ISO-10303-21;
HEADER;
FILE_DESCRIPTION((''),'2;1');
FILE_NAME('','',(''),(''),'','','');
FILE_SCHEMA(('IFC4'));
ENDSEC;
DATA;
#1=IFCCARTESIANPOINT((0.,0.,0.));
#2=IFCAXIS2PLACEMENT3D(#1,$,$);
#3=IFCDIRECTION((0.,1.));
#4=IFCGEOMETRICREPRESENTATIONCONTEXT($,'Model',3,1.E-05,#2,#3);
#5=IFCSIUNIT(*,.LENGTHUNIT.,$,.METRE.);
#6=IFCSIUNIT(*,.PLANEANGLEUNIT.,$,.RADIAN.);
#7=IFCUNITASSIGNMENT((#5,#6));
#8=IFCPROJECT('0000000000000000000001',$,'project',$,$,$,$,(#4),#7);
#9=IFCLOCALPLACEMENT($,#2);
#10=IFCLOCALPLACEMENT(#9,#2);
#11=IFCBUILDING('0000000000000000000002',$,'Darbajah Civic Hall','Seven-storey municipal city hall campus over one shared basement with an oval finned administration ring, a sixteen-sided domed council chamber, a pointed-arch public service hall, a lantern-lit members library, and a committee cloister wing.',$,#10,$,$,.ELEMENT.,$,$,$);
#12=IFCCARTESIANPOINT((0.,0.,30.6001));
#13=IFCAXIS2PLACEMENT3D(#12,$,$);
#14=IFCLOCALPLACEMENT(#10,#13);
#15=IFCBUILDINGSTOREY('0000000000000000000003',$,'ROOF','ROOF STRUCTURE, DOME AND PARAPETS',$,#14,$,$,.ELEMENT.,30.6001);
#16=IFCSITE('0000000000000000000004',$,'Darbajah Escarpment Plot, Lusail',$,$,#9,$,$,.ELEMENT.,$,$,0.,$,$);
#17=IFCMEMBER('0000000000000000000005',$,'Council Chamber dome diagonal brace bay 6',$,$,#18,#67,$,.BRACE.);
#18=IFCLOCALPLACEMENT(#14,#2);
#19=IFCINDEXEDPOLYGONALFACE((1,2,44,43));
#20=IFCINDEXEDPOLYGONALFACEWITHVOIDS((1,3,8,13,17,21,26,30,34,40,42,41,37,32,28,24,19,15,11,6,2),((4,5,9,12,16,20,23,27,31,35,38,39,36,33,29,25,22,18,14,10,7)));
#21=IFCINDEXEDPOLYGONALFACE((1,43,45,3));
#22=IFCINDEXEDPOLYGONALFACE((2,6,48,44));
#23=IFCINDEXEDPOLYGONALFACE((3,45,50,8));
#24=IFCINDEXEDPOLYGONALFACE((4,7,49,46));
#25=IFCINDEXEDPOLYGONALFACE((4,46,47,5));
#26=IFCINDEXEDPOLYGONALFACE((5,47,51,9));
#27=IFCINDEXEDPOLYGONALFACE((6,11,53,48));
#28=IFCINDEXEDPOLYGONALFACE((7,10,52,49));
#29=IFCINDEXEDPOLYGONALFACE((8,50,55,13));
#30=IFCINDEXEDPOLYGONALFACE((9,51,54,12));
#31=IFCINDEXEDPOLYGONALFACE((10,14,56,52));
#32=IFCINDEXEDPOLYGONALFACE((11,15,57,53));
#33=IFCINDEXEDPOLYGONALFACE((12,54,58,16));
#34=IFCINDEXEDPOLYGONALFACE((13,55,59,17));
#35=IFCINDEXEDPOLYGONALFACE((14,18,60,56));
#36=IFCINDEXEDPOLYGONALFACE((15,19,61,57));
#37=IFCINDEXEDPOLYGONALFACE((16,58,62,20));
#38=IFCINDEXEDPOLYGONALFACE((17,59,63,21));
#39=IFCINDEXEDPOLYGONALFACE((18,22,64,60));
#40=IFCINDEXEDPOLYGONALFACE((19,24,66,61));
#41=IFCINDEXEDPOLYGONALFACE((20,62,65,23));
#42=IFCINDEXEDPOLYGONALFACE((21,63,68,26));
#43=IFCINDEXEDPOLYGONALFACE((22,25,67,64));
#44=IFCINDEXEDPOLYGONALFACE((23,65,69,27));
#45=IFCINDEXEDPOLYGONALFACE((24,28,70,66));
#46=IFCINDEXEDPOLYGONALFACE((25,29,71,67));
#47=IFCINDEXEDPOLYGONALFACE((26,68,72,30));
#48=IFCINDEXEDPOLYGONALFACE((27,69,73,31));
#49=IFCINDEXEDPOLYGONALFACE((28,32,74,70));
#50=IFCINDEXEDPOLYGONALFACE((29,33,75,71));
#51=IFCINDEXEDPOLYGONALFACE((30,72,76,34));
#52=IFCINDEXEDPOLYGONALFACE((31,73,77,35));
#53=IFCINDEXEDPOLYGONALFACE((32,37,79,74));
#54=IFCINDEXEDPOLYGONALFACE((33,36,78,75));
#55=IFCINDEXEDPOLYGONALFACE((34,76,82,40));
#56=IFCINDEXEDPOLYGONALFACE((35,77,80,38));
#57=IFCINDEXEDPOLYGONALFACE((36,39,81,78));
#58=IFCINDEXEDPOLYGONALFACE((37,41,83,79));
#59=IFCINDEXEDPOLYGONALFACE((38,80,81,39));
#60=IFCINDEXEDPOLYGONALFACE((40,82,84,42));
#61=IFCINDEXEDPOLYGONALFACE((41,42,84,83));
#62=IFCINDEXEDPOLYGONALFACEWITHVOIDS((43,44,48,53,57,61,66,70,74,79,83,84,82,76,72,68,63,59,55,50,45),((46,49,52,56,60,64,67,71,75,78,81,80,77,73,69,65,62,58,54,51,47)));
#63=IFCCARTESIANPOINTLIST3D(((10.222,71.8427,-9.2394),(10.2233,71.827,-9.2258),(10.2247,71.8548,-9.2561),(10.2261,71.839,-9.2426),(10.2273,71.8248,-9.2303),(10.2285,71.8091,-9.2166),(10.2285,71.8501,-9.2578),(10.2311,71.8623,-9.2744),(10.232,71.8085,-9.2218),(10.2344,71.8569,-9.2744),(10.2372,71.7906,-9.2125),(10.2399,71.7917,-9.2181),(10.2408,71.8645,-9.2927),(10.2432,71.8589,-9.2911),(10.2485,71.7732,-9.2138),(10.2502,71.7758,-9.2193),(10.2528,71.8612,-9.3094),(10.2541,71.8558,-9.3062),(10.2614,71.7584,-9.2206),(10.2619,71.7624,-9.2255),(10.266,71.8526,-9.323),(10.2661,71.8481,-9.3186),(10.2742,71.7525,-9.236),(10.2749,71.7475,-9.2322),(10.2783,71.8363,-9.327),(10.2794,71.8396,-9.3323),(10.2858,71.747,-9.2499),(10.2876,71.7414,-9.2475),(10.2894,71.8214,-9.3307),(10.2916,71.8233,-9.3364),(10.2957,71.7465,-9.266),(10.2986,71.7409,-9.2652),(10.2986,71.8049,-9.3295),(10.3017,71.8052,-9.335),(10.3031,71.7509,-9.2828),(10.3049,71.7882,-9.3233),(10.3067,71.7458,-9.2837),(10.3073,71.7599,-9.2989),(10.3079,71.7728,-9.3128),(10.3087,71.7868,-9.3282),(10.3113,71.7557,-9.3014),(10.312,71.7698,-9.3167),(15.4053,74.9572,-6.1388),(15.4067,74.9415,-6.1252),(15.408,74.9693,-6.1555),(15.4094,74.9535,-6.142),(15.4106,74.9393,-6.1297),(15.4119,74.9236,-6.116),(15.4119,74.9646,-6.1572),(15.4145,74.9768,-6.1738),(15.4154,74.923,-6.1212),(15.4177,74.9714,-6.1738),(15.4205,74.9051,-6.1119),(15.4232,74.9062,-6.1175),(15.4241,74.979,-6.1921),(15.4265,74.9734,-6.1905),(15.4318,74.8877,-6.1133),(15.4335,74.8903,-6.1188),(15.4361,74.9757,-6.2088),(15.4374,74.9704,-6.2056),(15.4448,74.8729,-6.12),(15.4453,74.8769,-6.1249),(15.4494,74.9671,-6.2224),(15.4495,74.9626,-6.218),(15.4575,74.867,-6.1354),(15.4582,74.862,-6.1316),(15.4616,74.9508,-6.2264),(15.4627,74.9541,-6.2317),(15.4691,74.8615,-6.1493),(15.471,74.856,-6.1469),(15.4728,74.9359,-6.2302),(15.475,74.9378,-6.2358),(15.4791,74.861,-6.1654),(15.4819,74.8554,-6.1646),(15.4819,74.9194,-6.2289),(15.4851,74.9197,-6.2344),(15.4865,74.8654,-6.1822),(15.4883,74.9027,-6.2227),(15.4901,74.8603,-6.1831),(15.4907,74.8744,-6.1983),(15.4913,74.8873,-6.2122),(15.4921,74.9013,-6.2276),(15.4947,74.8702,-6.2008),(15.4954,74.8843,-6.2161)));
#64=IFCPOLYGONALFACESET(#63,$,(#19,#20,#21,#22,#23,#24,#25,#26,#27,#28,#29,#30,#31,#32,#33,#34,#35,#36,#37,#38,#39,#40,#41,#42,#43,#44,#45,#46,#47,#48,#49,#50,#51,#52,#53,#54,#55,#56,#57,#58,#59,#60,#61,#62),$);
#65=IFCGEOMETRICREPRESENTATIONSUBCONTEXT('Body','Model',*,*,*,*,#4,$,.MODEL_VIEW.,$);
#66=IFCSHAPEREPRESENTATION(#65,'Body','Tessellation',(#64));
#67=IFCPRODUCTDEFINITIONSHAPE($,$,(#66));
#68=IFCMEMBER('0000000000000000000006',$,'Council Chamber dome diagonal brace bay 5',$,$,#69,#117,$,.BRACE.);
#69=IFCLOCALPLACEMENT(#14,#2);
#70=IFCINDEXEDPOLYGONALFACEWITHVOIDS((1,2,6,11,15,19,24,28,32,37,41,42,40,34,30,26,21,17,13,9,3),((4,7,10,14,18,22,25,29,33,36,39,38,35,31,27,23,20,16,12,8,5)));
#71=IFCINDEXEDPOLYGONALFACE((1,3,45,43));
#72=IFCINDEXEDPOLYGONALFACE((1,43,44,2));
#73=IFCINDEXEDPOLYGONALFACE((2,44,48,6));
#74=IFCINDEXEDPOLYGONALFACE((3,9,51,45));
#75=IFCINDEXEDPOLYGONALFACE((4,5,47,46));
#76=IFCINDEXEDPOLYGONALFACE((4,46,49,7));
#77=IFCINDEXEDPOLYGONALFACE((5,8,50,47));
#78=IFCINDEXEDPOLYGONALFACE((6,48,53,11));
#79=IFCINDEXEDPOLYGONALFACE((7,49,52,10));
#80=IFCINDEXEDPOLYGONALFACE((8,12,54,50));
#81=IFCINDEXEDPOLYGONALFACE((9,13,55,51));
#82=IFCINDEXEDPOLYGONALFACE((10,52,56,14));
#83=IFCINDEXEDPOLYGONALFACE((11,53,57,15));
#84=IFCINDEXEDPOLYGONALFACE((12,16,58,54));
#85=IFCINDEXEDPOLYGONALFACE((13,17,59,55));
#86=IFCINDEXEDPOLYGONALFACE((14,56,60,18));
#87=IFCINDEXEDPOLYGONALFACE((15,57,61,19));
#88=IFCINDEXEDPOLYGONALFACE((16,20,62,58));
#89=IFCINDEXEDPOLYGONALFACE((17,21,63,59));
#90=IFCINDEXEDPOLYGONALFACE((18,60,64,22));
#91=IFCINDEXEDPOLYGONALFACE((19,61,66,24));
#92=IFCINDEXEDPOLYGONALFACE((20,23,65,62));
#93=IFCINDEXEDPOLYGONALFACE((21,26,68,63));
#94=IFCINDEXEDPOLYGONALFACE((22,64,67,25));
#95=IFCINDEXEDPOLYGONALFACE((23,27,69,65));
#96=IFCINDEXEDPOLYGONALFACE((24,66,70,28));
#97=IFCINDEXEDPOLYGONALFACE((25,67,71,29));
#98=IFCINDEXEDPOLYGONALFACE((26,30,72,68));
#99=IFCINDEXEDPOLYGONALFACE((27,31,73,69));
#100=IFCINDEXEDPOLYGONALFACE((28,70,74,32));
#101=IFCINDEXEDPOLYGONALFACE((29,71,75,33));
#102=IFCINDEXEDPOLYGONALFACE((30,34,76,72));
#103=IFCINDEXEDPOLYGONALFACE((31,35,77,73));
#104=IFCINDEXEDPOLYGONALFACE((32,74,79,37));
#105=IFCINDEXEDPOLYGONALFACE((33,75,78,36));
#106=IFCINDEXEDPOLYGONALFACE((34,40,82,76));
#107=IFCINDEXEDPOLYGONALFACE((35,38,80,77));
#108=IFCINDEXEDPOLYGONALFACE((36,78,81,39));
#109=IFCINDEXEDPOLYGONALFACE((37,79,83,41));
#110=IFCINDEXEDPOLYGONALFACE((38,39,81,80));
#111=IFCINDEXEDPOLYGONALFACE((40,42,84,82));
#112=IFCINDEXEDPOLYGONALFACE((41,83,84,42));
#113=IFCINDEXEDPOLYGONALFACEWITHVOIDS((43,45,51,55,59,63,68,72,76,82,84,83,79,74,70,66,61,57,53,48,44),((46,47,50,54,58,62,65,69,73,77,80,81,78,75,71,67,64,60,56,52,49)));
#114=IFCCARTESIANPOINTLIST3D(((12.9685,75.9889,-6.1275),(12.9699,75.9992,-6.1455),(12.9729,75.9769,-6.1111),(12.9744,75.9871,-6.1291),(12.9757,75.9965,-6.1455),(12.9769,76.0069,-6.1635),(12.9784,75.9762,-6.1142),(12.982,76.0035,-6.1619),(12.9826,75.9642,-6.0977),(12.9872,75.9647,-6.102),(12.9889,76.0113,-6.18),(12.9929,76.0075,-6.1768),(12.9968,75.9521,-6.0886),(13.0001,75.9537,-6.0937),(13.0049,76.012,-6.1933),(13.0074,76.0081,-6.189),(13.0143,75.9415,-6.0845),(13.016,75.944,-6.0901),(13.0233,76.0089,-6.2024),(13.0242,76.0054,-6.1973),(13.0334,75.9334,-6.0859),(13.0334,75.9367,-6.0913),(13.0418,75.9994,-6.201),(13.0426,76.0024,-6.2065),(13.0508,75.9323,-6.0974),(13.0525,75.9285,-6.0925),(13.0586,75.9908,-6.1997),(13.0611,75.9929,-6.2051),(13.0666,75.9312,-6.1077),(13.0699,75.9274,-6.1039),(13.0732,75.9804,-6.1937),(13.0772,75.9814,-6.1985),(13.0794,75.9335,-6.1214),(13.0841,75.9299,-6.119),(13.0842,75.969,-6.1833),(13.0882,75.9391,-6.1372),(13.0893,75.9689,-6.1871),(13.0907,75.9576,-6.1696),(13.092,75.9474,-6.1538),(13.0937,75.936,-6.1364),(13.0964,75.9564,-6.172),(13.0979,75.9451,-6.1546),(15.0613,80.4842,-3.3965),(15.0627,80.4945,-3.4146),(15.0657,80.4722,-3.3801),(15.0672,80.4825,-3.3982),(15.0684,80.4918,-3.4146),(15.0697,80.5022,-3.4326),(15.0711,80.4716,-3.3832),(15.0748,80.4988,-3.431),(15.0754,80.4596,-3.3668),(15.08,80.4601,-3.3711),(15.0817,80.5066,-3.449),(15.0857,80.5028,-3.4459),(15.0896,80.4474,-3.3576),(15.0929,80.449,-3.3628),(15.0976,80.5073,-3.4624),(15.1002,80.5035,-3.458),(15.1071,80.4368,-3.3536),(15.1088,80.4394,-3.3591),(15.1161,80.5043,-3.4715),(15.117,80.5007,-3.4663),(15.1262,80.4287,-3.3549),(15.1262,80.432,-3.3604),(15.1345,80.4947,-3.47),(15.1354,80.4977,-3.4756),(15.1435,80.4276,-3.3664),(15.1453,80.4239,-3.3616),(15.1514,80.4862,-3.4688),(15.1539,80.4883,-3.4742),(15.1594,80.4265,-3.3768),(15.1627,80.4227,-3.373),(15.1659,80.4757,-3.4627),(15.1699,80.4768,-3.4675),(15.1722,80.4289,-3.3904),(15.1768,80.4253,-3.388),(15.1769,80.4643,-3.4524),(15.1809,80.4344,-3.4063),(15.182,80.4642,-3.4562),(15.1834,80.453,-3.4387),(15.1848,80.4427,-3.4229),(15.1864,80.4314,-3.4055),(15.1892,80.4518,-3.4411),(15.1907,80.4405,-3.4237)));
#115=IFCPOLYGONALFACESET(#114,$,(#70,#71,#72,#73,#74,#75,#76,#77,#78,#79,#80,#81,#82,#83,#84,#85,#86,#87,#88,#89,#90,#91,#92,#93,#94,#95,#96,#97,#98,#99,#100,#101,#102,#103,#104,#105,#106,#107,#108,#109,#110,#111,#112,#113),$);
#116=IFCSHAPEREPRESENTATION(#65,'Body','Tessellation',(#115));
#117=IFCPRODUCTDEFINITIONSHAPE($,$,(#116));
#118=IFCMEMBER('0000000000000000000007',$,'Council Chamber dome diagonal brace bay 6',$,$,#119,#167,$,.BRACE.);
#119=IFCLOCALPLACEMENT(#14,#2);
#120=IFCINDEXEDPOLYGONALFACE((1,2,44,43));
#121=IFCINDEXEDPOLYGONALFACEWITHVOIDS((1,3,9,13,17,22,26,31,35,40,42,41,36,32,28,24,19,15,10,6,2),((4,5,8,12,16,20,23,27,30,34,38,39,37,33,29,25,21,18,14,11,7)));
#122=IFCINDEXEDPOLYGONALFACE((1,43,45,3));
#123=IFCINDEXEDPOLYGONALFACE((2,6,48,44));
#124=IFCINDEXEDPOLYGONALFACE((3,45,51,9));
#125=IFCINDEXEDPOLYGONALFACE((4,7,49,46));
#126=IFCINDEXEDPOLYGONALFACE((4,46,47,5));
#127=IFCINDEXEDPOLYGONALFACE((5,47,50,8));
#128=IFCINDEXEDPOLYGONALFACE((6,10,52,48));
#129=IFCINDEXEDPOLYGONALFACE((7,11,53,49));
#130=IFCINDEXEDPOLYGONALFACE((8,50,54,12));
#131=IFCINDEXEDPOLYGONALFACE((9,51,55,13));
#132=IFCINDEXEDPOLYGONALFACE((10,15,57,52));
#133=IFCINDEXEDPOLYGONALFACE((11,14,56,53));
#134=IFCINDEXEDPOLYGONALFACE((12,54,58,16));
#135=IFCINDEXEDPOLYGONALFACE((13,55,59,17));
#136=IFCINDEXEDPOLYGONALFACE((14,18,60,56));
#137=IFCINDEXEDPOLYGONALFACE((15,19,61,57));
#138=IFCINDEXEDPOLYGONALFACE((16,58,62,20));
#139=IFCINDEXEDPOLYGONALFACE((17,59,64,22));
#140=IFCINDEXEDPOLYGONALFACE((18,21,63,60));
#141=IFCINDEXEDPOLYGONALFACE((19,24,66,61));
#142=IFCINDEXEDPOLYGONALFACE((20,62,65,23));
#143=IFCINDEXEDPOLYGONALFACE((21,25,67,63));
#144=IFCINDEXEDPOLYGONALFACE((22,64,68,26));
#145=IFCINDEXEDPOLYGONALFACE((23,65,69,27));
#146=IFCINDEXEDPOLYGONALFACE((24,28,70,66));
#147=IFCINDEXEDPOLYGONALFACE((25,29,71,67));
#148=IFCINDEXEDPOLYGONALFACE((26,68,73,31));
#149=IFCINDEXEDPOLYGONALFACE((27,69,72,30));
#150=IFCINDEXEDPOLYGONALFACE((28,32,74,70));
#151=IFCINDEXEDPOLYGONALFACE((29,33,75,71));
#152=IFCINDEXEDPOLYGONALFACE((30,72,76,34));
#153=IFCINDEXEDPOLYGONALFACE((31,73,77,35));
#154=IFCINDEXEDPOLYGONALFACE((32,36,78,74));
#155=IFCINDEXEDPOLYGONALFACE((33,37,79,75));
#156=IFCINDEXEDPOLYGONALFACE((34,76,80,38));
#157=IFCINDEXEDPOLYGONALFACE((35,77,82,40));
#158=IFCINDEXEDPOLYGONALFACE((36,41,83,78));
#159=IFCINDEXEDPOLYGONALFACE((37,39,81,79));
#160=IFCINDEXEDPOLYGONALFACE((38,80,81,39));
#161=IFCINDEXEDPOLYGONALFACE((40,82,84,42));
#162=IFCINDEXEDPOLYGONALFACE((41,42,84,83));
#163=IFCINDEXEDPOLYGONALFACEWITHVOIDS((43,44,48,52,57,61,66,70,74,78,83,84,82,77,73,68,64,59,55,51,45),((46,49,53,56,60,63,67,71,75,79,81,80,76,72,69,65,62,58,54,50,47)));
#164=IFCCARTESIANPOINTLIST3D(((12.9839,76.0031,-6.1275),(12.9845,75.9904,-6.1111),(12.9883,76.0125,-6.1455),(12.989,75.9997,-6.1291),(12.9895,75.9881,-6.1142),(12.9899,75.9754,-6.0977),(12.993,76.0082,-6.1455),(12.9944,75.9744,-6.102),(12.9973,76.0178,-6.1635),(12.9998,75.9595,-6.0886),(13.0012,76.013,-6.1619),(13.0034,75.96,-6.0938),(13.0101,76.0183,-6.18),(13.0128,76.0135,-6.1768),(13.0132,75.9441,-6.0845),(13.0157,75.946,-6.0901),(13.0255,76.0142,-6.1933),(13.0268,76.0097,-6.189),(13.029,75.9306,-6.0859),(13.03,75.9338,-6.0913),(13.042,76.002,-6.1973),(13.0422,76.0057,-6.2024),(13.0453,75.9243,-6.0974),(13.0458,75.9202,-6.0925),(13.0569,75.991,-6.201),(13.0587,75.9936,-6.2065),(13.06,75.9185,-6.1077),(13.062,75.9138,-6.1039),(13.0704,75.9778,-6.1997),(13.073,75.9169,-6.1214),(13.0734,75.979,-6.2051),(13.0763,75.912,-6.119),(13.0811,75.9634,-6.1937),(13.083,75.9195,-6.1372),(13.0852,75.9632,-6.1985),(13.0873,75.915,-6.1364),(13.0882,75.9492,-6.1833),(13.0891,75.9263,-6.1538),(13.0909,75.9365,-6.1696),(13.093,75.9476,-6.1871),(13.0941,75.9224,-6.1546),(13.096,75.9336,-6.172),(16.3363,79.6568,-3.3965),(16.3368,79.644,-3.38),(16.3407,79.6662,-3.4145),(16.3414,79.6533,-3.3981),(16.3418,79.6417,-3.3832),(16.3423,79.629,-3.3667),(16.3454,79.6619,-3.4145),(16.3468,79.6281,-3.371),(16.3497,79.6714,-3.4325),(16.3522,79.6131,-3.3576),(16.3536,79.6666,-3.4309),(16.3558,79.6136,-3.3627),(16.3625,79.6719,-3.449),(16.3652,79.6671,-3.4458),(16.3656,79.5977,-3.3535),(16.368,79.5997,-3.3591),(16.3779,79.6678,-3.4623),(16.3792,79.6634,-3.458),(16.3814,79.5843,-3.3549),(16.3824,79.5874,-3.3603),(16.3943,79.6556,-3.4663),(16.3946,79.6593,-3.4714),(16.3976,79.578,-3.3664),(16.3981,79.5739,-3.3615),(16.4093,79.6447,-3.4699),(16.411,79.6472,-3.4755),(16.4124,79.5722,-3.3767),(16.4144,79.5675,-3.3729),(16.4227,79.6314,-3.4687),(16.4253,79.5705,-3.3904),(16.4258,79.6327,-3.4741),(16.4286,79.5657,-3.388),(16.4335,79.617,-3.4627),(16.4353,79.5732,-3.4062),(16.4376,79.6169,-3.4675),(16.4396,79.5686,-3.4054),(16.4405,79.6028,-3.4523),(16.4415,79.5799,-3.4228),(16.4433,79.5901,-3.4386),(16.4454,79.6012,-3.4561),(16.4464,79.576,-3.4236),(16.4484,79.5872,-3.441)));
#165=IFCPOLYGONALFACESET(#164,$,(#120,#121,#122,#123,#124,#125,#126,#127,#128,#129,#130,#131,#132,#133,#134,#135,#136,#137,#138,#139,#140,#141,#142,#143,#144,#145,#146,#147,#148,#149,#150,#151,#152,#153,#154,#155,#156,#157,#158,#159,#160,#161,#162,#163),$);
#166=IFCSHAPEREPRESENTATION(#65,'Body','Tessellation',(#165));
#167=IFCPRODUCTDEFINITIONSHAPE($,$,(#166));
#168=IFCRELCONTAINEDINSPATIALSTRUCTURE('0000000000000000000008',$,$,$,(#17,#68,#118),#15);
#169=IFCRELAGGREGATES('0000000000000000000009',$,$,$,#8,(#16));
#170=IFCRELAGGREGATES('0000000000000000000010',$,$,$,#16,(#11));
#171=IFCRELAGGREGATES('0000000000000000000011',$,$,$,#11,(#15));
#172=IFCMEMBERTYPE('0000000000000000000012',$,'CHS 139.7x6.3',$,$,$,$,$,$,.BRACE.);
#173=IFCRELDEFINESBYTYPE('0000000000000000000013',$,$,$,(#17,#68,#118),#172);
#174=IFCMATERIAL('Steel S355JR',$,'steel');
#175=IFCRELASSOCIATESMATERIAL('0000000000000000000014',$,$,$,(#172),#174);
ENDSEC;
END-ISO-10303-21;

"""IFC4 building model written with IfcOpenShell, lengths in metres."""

from ifc_helpers import new_model, si_unit, direction, frame, origin, origin_2d, place, context, subcontext, project, spatial, hollow_circle, extrude, material, material_profile, profile_set, type_object, element, save


model = new_model("IFC4")

# Units and contexts
model_context = context("Model", 3, precision=1e-05, world=origin(), true_north=direction((0.0, 1.0)))
body_context = subcontext(model_context, "Body", "Model", "MODEL_VIEW")
ifc_project = project(units=[si_unit("LENGTHUNIT", "METRE"), si_unit("PLANEANGLEUNIT", "RADIAN")], contexts=[model_context])

# Site, building, storey
site_placement = place(None, origin())
site = spatial("IfcSite", under=ifc_project, at=site_placement, Name="Darbajah Escarpment Plot, Lusail", CompositionType="ELEMENT", RefElevation=0.0)
building_placement = place(site_placement, origin())
building = spatial("IfcBuilding", under=site, at=building_placement, Name="Darbajah Civic Hall", Description="Seven-storey municipal city hall campus over one shared basement with an oval finned administration ring, a sixteen-sided domed council chamber, a pointed-arch public service hall, a lantern-lit members library, and a committee cloister wing.", CompositionType="ELEMENT")
storey_placement = place(building_placement, frame((0.0, 0.0, 30.6001)))
storey = spatial("IfcBuildingStorey", under=building, at=storey_placement, Name="ROOF", Description="ROOF STRUCTURE, DOME AND PARAPETS", CompositionType="ELEMENT", Elevation=30.6001)

# Members
ifc_material = material(Name="Steel S355JR", Category="steel")
ifc_material_profile_1 = material_profile(ifc_material, hollow_circle(Radius=0.0698, WallThickness=0.0063, at=origin_2d()), Name="CHS 139.7x6.3")
ifc_profile_set_1 = profile_set([ifc_material_profile_1], Name="Steel S355JR")
member_type_1 = type_object("IfcMemberType", Name="CHS 139.7x6.3", PredefinedType="BRACE", material=ifc_profile_set_1)
member_1_placement = place(storey_placement, frame((10.2671, 71.8025, -9.2744), z_axis=(0.762745, 0.458308, 0.45626), x_axis=(-0.515042, 0.857165, 0.0)))
element("IfcMember", 1, at=member_1_placement, inside=storey, type_object=member_type_1, Name="Council Chamber dome diagonal brace bay 6", PredefinedType="BRACE", context=body_context, shape_type="SweptSolid", body=[
    extrude(hollow_circle(Radius=0.0698, WallThickness=0.0063, at=origin_2d()), origin(), (0.0, 0.0, 1.0), 6.7957),
])
for number, where, z_axis, x_axis, name in (
    (2, (13.0332, 75.9697, -6.1455), (0.369687, 0.794103, 0.482422), (-0.906574, 0.422047, 0.0), "Council Chamber dome diagonal brace bay 5"),
    (3, (13.0398, 75.9653, -6.1455), (0.592196, 0.645416, 0.482434), (-0.736833, 0.676075, 0.0), "Council Chamber dome diagonal brace bay 6"),
):
    element("IfcMember", number, at=place(storey_placement, frame(where, z_axis=z_axis, x_axis=x_axis)), inside=storey, type_object=member_type_1, Name=name, PredefinedType="BRACE", context=body_context, shape_type="SweptSolid", body=[
        extrude(hollow_circle(Radius=0.0698, WallThickness=0.0063, at=origin_2d()), origin(), (0.0, 0.0, 1.0), 5.6609),
    ])

save(model, "model.ifc")
